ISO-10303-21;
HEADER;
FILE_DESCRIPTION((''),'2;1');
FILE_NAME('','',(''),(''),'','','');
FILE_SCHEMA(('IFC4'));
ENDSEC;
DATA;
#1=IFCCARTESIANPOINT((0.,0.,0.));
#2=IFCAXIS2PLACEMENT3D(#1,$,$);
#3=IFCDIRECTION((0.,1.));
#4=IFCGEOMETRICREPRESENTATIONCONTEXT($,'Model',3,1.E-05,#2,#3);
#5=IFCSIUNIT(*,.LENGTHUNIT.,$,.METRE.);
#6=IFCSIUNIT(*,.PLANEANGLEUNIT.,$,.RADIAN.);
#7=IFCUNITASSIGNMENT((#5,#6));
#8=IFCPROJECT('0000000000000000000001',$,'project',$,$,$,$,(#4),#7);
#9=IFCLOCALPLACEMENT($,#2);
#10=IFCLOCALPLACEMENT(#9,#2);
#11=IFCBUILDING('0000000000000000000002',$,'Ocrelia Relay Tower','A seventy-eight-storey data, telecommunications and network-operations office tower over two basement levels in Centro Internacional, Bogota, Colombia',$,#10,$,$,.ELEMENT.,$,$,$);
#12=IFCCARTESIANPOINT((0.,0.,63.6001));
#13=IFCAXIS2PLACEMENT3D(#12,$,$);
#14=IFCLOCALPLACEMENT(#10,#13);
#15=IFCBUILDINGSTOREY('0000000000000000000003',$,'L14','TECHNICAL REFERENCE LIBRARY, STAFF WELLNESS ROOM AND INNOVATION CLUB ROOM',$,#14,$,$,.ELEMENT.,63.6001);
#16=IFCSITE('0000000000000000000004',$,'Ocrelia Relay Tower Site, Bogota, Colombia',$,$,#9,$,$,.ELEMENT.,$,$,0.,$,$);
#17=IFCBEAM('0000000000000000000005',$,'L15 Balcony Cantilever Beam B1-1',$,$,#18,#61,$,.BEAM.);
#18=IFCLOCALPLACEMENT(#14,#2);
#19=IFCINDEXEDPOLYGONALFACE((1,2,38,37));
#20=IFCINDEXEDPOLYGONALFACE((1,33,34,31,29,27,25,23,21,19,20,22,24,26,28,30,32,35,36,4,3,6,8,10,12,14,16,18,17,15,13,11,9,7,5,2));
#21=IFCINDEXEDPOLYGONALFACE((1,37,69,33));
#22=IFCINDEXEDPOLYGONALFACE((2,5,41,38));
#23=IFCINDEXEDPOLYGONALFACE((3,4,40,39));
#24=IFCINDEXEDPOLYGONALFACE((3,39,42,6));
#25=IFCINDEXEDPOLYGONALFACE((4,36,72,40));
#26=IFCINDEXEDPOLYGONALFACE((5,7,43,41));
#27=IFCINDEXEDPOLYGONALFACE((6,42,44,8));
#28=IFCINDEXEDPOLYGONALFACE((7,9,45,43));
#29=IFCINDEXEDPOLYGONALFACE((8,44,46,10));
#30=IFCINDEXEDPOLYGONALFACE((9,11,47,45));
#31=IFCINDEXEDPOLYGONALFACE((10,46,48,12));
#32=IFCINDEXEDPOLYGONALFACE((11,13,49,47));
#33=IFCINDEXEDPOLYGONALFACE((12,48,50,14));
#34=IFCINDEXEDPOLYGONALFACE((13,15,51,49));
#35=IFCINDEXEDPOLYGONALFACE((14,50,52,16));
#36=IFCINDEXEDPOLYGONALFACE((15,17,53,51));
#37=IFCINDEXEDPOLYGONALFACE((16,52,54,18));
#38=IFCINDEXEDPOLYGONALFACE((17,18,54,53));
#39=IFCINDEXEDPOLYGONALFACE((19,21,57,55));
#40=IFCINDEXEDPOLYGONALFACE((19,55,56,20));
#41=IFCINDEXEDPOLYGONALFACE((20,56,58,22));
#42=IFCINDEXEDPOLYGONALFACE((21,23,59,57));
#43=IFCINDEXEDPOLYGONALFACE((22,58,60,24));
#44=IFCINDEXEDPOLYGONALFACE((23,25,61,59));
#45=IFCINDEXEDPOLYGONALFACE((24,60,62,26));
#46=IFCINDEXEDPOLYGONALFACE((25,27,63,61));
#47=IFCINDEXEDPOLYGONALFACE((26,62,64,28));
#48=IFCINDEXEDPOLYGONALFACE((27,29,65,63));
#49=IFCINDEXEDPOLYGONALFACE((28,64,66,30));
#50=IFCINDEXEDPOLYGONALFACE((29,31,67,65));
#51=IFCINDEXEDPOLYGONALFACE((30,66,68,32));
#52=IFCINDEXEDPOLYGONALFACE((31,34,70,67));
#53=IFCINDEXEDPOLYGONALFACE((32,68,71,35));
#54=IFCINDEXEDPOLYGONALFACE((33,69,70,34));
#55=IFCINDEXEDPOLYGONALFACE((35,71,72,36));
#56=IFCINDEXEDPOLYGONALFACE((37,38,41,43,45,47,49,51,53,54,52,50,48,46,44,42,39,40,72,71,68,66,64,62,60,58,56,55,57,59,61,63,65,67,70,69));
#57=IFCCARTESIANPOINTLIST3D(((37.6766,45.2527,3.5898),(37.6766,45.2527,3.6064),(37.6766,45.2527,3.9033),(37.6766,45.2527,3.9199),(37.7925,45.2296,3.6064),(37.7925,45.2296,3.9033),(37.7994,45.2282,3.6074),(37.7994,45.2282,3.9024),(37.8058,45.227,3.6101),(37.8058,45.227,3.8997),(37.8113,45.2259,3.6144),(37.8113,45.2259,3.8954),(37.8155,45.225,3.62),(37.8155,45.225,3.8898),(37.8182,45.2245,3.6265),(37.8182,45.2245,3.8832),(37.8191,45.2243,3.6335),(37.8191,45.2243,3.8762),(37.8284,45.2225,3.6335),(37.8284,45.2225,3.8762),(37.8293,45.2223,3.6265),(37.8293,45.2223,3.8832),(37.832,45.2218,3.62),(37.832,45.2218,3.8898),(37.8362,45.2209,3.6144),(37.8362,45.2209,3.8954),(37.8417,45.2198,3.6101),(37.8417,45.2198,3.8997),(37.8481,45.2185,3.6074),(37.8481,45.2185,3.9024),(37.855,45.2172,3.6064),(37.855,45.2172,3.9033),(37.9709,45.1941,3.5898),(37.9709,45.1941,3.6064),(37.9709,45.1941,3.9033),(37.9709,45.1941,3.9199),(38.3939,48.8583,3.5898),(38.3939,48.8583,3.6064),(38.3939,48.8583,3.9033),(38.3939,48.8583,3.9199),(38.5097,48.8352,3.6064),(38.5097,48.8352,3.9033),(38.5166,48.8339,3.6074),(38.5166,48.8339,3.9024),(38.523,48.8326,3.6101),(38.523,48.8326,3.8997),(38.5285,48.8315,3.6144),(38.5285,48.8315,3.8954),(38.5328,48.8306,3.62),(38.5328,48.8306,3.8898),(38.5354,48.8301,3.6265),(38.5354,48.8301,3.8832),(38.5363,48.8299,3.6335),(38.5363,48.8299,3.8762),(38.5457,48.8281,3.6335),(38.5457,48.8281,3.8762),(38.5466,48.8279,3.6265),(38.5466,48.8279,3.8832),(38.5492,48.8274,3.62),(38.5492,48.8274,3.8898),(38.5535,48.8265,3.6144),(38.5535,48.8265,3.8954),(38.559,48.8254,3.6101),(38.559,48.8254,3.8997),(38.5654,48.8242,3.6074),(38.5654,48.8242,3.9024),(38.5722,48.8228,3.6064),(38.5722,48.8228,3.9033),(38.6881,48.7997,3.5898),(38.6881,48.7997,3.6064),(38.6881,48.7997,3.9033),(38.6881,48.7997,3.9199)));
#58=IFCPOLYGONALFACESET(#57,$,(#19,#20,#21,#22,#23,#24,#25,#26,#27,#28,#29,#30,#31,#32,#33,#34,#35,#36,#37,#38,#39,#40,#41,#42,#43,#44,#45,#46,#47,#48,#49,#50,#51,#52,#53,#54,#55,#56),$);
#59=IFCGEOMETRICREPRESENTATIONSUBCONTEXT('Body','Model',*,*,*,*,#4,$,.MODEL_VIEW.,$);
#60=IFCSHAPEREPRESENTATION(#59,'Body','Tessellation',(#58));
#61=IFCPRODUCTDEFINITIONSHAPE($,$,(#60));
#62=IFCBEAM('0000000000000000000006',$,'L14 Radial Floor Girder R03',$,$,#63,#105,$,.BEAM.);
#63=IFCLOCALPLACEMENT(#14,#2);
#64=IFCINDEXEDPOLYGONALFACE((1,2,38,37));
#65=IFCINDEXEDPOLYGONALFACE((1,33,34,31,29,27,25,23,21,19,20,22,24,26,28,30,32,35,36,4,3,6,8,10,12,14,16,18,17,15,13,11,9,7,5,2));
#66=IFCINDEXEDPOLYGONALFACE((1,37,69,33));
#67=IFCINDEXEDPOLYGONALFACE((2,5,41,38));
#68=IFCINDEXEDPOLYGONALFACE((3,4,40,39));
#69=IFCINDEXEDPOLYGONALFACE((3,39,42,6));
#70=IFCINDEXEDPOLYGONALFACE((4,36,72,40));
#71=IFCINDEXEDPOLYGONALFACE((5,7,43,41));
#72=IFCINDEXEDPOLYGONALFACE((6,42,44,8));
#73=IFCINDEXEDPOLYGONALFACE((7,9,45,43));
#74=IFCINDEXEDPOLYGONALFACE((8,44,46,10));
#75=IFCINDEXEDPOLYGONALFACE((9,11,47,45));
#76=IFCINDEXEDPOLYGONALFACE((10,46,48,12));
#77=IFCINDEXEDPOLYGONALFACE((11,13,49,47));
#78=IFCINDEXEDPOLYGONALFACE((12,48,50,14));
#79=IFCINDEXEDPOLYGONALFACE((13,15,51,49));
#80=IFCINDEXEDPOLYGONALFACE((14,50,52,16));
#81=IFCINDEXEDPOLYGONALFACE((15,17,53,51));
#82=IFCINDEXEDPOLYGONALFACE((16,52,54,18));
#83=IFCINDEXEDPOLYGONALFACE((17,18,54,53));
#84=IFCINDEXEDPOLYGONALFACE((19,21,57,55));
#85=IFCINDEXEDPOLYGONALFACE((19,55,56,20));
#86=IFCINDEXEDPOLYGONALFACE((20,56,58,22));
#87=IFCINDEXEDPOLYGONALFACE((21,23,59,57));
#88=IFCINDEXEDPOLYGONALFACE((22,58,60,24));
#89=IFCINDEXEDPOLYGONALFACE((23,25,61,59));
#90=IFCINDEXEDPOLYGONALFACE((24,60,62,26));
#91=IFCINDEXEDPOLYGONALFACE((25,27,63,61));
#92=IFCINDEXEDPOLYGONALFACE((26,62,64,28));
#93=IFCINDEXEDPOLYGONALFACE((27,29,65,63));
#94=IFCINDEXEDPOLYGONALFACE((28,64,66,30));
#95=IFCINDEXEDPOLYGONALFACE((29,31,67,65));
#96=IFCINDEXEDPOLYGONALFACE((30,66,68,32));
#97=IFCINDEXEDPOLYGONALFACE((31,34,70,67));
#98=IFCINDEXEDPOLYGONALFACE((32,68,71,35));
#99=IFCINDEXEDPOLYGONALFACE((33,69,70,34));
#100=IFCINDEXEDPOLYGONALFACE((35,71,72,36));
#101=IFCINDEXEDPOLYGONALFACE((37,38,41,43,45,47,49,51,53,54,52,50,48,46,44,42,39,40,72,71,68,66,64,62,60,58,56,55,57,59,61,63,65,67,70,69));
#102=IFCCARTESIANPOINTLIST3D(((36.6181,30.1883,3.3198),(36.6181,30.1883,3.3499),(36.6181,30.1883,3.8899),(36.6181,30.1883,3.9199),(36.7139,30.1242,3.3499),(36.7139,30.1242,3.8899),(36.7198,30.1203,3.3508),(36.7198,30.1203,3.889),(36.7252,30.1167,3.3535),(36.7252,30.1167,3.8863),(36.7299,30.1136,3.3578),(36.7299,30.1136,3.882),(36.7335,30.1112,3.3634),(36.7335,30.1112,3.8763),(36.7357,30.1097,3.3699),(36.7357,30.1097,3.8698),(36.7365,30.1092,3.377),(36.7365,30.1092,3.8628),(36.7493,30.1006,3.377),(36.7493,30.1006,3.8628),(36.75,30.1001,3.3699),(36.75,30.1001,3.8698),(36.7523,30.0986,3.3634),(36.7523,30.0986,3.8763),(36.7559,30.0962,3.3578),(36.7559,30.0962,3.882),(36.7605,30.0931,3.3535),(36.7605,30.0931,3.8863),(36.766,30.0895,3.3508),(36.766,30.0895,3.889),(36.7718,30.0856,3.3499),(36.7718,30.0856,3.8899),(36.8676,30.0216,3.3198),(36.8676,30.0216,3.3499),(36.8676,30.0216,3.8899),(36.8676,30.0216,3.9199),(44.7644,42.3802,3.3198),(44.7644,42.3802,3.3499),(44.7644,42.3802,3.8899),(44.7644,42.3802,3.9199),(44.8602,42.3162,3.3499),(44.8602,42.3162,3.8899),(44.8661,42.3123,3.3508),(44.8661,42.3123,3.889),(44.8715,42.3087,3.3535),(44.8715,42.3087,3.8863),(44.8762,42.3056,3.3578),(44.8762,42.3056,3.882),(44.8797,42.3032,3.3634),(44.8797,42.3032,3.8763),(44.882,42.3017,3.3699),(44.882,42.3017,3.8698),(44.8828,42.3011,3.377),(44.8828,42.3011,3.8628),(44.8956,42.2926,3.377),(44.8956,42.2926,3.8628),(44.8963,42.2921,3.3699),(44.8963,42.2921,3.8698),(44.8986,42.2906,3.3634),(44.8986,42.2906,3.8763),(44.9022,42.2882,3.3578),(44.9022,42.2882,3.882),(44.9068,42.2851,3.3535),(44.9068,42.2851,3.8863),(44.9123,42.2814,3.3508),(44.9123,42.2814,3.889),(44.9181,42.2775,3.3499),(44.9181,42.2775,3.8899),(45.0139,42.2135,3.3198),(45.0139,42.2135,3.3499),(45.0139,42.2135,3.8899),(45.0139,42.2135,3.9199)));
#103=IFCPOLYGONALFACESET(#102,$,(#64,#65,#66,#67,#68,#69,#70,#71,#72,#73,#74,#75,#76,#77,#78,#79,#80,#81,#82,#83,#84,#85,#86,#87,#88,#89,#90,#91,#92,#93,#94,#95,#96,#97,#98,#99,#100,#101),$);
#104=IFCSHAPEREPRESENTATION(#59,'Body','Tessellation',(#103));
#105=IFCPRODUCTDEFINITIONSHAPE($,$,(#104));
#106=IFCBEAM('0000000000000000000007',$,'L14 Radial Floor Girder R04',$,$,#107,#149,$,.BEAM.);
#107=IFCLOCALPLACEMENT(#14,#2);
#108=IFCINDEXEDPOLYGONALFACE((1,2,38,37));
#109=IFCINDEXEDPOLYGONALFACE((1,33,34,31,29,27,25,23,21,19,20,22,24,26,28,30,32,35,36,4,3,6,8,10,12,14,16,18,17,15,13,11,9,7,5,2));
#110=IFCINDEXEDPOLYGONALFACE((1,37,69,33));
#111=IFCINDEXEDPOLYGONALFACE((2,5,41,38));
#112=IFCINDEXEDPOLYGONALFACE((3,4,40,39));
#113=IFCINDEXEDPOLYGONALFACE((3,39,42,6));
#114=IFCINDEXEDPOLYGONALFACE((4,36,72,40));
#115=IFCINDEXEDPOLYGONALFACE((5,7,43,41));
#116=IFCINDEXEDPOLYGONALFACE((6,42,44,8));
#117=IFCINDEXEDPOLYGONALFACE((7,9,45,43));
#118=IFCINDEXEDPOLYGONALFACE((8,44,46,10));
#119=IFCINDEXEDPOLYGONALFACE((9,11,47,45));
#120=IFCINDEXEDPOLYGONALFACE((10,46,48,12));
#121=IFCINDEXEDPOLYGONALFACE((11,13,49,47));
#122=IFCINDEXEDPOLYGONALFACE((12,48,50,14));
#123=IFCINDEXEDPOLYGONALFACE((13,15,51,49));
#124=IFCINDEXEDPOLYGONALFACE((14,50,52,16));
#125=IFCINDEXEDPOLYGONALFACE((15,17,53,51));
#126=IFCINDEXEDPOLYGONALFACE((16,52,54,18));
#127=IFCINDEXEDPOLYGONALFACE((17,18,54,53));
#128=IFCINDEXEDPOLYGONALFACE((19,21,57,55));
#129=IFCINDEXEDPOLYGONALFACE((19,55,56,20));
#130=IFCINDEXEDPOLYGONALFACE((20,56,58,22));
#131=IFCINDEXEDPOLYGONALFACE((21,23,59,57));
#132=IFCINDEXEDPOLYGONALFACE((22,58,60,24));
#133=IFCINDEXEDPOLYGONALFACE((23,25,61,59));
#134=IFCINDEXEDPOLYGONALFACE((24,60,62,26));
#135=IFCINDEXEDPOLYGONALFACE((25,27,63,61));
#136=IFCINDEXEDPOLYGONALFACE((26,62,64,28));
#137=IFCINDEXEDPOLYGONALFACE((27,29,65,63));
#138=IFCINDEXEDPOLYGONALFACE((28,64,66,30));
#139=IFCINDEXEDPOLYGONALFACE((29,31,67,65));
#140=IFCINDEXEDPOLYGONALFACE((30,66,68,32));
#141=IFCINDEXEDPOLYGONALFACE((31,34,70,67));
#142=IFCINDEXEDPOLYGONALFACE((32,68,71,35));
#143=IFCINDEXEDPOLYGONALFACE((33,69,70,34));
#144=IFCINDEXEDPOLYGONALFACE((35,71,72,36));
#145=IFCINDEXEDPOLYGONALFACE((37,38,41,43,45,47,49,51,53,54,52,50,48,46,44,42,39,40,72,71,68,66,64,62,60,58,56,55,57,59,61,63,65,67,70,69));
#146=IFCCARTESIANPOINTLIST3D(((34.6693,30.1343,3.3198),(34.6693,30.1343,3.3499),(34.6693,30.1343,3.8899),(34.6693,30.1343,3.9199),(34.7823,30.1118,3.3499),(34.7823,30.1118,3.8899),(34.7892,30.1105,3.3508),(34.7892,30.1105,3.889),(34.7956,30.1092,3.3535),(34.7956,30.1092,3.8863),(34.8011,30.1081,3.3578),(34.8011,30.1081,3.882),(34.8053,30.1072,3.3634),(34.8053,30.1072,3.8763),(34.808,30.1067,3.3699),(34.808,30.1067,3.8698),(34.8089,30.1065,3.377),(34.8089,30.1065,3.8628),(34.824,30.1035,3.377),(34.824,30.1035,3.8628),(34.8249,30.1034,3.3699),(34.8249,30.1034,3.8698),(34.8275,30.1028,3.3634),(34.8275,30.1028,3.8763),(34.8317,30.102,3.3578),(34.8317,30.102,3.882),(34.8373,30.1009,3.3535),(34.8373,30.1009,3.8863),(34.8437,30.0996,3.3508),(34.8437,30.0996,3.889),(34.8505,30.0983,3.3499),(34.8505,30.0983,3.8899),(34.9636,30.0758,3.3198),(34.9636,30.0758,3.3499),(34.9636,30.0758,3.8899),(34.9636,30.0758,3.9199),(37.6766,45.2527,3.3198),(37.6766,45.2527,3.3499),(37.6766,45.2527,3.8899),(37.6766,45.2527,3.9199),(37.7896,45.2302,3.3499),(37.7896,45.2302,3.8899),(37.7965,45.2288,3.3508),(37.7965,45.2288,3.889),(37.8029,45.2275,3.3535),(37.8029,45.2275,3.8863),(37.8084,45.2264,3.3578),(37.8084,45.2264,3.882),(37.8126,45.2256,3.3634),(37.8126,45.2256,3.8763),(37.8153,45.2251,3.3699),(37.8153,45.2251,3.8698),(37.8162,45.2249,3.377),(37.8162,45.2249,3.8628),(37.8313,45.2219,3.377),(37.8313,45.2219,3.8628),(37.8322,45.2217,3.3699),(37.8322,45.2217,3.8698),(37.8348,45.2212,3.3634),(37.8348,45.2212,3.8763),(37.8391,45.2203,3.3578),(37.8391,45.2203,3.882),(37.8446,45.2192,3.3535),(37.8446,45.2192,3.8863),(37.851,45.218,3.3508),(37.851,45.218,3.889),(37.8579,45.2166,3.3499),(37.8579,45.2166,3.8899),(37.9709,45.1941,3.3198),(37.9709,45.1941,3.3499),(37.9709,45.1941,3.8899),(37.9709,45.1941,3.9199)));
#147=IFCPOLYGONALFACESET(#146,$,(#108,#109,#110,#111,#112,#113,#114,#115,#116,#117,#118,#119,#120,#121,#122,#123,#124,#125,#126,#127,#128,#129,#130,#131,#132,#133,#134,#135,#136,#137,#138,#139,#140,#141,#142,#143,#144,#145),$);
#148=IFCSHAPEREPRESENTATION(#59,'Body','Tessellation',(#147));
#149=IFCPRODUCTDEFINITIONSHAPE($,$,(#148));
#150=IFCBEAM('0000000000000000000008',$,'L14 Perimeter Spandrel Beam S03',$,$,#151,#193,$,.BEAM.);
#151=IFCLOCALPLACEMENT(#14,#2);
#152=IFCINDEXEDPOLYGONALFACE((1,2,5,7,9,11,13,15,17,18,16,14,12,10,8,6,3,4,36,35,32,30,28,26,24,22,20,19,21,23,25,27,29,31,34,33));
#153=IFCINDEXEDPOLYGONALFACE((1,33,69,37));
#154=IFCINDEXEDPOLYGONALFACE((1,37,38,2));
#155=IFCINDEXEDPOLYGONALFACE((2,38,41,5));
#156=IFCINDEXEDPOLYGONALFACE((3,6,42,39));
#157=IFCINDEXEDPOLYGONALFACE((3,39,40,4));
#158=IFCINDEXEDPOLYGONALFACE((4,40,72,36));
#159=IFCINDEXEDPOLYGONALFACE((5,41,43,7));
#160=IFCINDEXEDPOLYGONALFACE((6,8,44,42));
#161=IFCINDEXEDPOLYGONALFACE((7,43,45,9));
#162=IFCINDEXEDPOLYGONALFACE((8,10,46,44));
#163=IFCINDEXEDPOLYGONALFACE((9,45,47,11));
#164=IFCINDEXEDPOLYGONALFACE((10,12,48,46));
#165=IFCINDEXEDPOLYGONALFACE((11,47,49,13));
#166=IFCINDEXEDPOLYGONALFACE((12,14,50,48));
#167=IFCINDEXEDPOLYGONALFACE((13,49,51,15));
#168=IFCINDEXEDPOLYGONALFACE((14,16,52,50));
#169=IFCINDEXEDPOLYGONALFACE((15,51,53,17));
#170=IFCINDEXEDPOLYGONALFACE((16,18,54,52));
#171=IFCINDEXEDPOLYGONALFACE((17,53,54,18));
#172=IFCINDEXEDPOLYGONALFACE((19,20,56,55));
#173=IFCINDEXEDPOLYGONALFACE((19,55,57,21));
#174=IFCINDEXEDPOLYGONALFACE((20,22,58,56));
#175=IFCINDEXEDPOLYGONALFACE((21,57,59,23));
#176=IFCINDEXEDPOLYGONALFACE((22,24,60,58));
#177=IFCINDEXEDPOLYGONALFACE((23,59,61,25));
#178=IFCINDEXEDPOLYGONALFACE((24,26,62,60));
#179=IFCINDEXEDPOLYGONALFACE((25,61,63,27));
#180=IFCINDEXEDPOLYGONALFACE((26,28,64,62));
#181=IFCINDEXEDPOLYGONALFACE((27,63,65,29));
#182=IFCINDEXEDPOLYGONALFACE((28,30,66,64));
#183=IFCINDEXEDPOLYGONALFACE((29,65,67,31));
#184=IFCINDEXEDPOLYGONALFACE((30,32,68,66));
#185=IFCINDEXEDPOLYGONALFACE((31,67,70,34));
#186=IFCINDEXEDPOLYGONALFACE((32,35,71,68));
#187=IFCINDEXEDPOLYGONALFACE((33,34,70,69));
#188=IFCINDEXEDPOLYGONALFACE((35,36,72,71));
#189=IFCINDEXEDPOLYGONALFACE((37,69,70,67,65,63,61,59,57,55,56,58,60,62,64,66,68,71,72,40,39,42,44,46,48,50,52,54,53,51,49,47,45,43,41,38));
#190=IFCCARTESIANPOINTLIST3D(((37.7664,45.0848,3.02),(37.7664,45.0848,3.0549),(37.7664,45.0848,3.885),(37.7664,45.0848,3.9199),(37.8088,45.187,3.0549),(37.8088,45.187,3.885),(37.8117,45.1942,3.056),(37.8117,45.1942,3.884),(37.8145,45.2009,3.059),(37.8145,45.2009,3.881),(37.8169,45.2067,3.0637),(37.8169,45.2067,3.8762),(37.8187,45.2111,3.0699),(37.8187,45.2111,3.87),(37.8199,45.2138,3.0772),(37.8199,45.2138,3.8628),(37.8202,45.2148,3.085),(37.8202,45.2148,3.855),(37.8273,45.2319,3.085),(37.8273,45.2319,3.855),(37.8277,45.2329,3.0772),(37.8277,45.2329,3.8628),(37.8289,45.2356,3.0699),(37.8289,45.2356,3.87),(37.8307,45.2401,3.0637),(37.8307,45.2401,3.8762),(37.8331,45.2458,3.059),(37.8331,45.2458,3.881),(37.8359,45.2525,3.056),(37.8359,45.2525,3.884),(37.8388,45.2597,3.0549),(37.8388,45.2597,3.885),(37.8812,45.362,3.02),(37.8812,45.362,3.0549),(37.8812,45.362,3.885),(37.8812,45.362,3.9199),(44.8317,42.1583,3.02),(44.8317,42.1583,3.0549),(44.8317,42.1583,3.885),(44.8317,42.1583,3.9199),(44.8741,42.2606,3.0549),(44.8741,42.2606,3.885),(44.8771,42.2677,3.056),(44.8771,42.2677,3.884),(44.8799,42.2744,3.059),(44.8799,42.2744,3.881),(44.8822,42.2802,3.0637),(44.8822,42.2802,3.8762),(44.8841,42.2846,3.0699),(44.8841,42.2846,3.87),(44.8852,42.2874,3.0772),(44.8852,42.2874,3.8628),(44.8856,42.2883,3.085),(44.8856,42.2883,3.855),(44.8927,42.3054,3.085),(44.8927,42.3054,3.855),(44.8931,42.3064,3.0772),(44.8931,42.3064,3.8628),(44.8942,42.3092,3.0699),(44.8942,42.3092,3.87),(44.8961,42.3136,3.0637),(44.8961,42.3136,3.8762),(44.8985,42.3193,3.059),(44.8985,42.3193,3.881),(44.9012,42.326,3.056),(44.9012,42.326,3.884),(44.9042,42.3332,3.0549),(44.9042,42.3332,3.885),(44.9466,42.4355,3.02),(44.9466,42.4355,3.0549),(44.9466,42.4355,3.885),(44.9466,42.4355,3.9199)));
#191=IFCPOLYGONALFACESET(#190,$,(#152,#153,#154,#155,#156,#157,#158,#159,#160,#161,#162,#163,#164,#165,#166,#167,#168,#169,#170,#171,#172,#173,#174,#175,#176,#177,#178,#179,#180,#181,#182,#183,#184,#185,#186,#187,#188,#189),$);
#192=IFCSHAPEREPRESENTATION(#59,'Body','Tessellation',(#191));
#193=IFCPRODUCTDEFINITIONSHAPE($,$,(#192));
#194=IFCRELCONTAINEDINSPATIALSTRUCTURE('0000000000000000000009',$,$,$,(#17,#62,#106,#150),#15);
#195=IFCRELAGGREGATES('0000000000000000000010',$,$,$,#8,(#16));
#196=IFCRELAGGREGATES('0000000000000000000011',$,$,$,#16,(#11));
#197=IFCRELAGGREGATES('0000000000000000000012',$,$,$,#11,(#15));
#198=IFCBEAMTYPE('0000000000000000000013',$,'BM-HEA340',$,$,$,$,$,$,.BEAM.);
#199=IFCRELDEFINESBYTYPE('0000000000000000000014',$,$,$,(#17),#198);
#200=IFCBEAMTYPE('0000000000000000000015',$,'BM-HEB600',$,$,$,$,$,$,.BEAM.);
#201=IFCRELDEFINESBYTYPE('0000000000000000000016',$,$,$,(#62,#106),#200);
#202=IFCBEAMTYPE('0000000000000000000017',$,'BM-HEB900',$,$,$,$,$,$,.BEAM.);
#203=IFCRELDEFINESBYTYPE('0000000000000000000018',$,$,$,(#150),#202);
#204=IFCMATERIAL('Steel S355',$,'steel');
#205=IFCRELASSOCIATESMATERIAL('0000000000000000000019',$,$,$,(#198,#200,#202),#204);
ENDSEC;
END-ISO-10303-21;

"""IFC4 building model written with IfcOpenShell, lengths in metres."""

from ifc_helpers import new_model, si_unit, direction, frame, origin, origin_2d, place, context, subcontext, project, spatial, i_section, extrude, material, material_profile, profile_set, type_object, element, save


model = new_model("IFC4")

# Units and contexts
model_context = context("Model", 3, precision=1e-05, world=origin(), true_north=direction((0.0, 1.0)))
body_context = subcontext(model_context, "Body", "Model", "MODEL_VIEW")
ifc_project = project(units=[si_unit("LENGTHUNIT", "METRE"), si_unit("PLANEANGLEUNIT", "RADIAN")], contexts=[model_context])

# Site, building, storey
site_placement = place(None, origin())
site = spatial("IfcSite", under=ifc_project, at=site_placement, Name="Ocrelia Relay Tower Site, Bogota, Colombia", CompositionType="ELEMENT", RefElevation=0.0)
building_placement = place(site_placement, origin())
building = spatial("IfcBuilding", under=site, at=building_placement, Name="Ocrelia Relay Tower", Description="A seventy-eight-storey data, telecommunications and network-operations office tower over two basement levels in Centro Internacional, Bogota, Colombia", CompositionType="ELEMENT")
storey_placement = place(building_placement, frame((0.0, 0.0, 63.6001)))
storey = spatial("IfcBuildingStorey", under=building, at=storey_placement, Name="L14", Description="TECHNICAL REFERENCE LIBRARY, STAFF WELLNESS ROOM AND INNOVATION CLUB ROOM", CompositionType="ELEMENT", Elevation=63.6001)

# Beams
ifc_material_1 = material(Name="Steel S355", Category="steel")
ifc_material_profile_1 = material_profile(ifc_material_1, i_section(OverallWidth=0.3, OverallDepth=0.3301, WebThickness=0.0095, FlangeThickness=0.0166, FilletRadius=0.0271, at=origin_2d()), Name="HEA 340")
ifc_profile_set_1 = profile_set([ifc_material_profile_1], Name="Steel S355")
beam_type_1 = type_object("IfcBeamType", Name="BM-HEA340", PredefinedType="BEAM", material=ifc_profile_set_1)
beam_1_placement = place(storey_placement, frame((37.8237, 45.2234, 3.7549), z_axis=(0.195107, 0.980782, 0.0), x_axis=(-0.980782, 0.195107, 0.0)))
element("IfcBeam", 1, at=beam_1_placement, inside=storey, type_object=beam_type_1, Name="L15 Balcony Cantilever Beam B1-1", PredefinedType="BEAM", context=body_context, shape_type="SweptSolid", body=[
    extrude(i_section(OverallWidth=0.3, OverallDepth=0.3301, WebThickness=0.0095, FlangeThickness=0.0166, FilletRadius=0.0271, at=origin_2d()), origin(), (0.0, 0.0, 1.0), 3.6763),
])
ifc_material_profile_2 = material_profile(ifc_material_1, i_section(OverallWidth=0.3, OverallDepth=0.6001, WebThickness=0.0154, FlangeThickness=0.03, FilletRadius=0.0271, at=origin_2d()), Name="HEB 600")
ifc_profile_set_2 = profile_set([ifc_material_profile_2], Name="Steel S355")
beam_type_2 = type_object("IfcBeamType", Name="BM-HEB600", PredefinedType="BEAM", material=ifc_profile_set_2)
beam_2_placement = place(storey_placement, frame((44.8892, 42.2969, 3.6199), z_axis=(-0.555564, -0.831473, 0.0), x_axis=(0.831473, -0.555564, 0.0)))
element("IfcBeam", 2, at=beam_2_placement, inside=storey, type_object=beam_type_2, Name="L14 Radial Floor Girder R03", PredefinedType="BEAM", context=body_context, shape_type="SweptSolid", body=[
    extrude(i_section(OverallWidth=0.3, OverallDepth=0.6001, WebThickness=0.0154, FlangeThickness=0.03, FilletRadius=0.0271, at=origin_2d()), origin(), (0.0, 0.0, 1.0), 14.6631),
])
beam_3_placement = place(storey_placement, frame((37.8237, 45.2234, 3.6199), z_axis=(-0.195096, -0.980784, 0.0), x_axis=(0.980784, -0.195096, 0.0)))
element("IfcBeam", 3, at=beam_3_placement, inside=storey, type_object=beam_type_2, Name="L14 Radial Floor Girder R04", PredefinedType="BEAM", context=body_context, shape_type="SweptSolid", body=[
    extrude(i_section(OverallWidth=0.3, OverallDepth=0.6001, WebThickness=0.0154, FlangeThickness=0.03, FilletRadius=0.0271, at=origin_2d()), origin(), (0.0, 0.0, 1.0), 15.4146),
])
ifc_material_profile_3 = material_profile(ifc_material_1, i_section(OverallWidth=0.3, OverallDepth=0.8999, WebThickness=0.0186, FlangeThickness=0.0349, FilletRadius=0.03, at=origin_2d()), Name="HEB 900")
ifc_profile_set_3 = profile_set([ifc_material_profile_3], Name="Steel S355")
beam_type_3 = type_object("IfcBeamType", Name="BM-HEB900", PredefinedType="BEAM", material=ifc_profile_set_3)
for number, where, z_axis, x_axis, name in (
    (4, (44.8892, 42.2969, 3.47), (-0.923883, 0.382674, 0.0), (-0.382674, -0.923883, 0.0), "L14 Perimeter Spandrel Beam S03"),
):
    element("IfcBeam", number, at=place(storey_placement, frame(where, z_axis=z_axis, x_axis=x_axis)), inside=storey, type_object=beam_type_3, Name=name, PredefinedType="BEAM", context=body_context, shape_type="SweptSolid", body=[
        extrude(i_section(OverallWidth=0.3, OverallDepth=0.8999, WebThickness=0.0186, FlangeThickness=0.0349, FilletRadius=0.03, at=origin_2d()), origin(), (0.0, 0.0, 1.0), 7.6475),
    ])

save(model, "model.ifc")
